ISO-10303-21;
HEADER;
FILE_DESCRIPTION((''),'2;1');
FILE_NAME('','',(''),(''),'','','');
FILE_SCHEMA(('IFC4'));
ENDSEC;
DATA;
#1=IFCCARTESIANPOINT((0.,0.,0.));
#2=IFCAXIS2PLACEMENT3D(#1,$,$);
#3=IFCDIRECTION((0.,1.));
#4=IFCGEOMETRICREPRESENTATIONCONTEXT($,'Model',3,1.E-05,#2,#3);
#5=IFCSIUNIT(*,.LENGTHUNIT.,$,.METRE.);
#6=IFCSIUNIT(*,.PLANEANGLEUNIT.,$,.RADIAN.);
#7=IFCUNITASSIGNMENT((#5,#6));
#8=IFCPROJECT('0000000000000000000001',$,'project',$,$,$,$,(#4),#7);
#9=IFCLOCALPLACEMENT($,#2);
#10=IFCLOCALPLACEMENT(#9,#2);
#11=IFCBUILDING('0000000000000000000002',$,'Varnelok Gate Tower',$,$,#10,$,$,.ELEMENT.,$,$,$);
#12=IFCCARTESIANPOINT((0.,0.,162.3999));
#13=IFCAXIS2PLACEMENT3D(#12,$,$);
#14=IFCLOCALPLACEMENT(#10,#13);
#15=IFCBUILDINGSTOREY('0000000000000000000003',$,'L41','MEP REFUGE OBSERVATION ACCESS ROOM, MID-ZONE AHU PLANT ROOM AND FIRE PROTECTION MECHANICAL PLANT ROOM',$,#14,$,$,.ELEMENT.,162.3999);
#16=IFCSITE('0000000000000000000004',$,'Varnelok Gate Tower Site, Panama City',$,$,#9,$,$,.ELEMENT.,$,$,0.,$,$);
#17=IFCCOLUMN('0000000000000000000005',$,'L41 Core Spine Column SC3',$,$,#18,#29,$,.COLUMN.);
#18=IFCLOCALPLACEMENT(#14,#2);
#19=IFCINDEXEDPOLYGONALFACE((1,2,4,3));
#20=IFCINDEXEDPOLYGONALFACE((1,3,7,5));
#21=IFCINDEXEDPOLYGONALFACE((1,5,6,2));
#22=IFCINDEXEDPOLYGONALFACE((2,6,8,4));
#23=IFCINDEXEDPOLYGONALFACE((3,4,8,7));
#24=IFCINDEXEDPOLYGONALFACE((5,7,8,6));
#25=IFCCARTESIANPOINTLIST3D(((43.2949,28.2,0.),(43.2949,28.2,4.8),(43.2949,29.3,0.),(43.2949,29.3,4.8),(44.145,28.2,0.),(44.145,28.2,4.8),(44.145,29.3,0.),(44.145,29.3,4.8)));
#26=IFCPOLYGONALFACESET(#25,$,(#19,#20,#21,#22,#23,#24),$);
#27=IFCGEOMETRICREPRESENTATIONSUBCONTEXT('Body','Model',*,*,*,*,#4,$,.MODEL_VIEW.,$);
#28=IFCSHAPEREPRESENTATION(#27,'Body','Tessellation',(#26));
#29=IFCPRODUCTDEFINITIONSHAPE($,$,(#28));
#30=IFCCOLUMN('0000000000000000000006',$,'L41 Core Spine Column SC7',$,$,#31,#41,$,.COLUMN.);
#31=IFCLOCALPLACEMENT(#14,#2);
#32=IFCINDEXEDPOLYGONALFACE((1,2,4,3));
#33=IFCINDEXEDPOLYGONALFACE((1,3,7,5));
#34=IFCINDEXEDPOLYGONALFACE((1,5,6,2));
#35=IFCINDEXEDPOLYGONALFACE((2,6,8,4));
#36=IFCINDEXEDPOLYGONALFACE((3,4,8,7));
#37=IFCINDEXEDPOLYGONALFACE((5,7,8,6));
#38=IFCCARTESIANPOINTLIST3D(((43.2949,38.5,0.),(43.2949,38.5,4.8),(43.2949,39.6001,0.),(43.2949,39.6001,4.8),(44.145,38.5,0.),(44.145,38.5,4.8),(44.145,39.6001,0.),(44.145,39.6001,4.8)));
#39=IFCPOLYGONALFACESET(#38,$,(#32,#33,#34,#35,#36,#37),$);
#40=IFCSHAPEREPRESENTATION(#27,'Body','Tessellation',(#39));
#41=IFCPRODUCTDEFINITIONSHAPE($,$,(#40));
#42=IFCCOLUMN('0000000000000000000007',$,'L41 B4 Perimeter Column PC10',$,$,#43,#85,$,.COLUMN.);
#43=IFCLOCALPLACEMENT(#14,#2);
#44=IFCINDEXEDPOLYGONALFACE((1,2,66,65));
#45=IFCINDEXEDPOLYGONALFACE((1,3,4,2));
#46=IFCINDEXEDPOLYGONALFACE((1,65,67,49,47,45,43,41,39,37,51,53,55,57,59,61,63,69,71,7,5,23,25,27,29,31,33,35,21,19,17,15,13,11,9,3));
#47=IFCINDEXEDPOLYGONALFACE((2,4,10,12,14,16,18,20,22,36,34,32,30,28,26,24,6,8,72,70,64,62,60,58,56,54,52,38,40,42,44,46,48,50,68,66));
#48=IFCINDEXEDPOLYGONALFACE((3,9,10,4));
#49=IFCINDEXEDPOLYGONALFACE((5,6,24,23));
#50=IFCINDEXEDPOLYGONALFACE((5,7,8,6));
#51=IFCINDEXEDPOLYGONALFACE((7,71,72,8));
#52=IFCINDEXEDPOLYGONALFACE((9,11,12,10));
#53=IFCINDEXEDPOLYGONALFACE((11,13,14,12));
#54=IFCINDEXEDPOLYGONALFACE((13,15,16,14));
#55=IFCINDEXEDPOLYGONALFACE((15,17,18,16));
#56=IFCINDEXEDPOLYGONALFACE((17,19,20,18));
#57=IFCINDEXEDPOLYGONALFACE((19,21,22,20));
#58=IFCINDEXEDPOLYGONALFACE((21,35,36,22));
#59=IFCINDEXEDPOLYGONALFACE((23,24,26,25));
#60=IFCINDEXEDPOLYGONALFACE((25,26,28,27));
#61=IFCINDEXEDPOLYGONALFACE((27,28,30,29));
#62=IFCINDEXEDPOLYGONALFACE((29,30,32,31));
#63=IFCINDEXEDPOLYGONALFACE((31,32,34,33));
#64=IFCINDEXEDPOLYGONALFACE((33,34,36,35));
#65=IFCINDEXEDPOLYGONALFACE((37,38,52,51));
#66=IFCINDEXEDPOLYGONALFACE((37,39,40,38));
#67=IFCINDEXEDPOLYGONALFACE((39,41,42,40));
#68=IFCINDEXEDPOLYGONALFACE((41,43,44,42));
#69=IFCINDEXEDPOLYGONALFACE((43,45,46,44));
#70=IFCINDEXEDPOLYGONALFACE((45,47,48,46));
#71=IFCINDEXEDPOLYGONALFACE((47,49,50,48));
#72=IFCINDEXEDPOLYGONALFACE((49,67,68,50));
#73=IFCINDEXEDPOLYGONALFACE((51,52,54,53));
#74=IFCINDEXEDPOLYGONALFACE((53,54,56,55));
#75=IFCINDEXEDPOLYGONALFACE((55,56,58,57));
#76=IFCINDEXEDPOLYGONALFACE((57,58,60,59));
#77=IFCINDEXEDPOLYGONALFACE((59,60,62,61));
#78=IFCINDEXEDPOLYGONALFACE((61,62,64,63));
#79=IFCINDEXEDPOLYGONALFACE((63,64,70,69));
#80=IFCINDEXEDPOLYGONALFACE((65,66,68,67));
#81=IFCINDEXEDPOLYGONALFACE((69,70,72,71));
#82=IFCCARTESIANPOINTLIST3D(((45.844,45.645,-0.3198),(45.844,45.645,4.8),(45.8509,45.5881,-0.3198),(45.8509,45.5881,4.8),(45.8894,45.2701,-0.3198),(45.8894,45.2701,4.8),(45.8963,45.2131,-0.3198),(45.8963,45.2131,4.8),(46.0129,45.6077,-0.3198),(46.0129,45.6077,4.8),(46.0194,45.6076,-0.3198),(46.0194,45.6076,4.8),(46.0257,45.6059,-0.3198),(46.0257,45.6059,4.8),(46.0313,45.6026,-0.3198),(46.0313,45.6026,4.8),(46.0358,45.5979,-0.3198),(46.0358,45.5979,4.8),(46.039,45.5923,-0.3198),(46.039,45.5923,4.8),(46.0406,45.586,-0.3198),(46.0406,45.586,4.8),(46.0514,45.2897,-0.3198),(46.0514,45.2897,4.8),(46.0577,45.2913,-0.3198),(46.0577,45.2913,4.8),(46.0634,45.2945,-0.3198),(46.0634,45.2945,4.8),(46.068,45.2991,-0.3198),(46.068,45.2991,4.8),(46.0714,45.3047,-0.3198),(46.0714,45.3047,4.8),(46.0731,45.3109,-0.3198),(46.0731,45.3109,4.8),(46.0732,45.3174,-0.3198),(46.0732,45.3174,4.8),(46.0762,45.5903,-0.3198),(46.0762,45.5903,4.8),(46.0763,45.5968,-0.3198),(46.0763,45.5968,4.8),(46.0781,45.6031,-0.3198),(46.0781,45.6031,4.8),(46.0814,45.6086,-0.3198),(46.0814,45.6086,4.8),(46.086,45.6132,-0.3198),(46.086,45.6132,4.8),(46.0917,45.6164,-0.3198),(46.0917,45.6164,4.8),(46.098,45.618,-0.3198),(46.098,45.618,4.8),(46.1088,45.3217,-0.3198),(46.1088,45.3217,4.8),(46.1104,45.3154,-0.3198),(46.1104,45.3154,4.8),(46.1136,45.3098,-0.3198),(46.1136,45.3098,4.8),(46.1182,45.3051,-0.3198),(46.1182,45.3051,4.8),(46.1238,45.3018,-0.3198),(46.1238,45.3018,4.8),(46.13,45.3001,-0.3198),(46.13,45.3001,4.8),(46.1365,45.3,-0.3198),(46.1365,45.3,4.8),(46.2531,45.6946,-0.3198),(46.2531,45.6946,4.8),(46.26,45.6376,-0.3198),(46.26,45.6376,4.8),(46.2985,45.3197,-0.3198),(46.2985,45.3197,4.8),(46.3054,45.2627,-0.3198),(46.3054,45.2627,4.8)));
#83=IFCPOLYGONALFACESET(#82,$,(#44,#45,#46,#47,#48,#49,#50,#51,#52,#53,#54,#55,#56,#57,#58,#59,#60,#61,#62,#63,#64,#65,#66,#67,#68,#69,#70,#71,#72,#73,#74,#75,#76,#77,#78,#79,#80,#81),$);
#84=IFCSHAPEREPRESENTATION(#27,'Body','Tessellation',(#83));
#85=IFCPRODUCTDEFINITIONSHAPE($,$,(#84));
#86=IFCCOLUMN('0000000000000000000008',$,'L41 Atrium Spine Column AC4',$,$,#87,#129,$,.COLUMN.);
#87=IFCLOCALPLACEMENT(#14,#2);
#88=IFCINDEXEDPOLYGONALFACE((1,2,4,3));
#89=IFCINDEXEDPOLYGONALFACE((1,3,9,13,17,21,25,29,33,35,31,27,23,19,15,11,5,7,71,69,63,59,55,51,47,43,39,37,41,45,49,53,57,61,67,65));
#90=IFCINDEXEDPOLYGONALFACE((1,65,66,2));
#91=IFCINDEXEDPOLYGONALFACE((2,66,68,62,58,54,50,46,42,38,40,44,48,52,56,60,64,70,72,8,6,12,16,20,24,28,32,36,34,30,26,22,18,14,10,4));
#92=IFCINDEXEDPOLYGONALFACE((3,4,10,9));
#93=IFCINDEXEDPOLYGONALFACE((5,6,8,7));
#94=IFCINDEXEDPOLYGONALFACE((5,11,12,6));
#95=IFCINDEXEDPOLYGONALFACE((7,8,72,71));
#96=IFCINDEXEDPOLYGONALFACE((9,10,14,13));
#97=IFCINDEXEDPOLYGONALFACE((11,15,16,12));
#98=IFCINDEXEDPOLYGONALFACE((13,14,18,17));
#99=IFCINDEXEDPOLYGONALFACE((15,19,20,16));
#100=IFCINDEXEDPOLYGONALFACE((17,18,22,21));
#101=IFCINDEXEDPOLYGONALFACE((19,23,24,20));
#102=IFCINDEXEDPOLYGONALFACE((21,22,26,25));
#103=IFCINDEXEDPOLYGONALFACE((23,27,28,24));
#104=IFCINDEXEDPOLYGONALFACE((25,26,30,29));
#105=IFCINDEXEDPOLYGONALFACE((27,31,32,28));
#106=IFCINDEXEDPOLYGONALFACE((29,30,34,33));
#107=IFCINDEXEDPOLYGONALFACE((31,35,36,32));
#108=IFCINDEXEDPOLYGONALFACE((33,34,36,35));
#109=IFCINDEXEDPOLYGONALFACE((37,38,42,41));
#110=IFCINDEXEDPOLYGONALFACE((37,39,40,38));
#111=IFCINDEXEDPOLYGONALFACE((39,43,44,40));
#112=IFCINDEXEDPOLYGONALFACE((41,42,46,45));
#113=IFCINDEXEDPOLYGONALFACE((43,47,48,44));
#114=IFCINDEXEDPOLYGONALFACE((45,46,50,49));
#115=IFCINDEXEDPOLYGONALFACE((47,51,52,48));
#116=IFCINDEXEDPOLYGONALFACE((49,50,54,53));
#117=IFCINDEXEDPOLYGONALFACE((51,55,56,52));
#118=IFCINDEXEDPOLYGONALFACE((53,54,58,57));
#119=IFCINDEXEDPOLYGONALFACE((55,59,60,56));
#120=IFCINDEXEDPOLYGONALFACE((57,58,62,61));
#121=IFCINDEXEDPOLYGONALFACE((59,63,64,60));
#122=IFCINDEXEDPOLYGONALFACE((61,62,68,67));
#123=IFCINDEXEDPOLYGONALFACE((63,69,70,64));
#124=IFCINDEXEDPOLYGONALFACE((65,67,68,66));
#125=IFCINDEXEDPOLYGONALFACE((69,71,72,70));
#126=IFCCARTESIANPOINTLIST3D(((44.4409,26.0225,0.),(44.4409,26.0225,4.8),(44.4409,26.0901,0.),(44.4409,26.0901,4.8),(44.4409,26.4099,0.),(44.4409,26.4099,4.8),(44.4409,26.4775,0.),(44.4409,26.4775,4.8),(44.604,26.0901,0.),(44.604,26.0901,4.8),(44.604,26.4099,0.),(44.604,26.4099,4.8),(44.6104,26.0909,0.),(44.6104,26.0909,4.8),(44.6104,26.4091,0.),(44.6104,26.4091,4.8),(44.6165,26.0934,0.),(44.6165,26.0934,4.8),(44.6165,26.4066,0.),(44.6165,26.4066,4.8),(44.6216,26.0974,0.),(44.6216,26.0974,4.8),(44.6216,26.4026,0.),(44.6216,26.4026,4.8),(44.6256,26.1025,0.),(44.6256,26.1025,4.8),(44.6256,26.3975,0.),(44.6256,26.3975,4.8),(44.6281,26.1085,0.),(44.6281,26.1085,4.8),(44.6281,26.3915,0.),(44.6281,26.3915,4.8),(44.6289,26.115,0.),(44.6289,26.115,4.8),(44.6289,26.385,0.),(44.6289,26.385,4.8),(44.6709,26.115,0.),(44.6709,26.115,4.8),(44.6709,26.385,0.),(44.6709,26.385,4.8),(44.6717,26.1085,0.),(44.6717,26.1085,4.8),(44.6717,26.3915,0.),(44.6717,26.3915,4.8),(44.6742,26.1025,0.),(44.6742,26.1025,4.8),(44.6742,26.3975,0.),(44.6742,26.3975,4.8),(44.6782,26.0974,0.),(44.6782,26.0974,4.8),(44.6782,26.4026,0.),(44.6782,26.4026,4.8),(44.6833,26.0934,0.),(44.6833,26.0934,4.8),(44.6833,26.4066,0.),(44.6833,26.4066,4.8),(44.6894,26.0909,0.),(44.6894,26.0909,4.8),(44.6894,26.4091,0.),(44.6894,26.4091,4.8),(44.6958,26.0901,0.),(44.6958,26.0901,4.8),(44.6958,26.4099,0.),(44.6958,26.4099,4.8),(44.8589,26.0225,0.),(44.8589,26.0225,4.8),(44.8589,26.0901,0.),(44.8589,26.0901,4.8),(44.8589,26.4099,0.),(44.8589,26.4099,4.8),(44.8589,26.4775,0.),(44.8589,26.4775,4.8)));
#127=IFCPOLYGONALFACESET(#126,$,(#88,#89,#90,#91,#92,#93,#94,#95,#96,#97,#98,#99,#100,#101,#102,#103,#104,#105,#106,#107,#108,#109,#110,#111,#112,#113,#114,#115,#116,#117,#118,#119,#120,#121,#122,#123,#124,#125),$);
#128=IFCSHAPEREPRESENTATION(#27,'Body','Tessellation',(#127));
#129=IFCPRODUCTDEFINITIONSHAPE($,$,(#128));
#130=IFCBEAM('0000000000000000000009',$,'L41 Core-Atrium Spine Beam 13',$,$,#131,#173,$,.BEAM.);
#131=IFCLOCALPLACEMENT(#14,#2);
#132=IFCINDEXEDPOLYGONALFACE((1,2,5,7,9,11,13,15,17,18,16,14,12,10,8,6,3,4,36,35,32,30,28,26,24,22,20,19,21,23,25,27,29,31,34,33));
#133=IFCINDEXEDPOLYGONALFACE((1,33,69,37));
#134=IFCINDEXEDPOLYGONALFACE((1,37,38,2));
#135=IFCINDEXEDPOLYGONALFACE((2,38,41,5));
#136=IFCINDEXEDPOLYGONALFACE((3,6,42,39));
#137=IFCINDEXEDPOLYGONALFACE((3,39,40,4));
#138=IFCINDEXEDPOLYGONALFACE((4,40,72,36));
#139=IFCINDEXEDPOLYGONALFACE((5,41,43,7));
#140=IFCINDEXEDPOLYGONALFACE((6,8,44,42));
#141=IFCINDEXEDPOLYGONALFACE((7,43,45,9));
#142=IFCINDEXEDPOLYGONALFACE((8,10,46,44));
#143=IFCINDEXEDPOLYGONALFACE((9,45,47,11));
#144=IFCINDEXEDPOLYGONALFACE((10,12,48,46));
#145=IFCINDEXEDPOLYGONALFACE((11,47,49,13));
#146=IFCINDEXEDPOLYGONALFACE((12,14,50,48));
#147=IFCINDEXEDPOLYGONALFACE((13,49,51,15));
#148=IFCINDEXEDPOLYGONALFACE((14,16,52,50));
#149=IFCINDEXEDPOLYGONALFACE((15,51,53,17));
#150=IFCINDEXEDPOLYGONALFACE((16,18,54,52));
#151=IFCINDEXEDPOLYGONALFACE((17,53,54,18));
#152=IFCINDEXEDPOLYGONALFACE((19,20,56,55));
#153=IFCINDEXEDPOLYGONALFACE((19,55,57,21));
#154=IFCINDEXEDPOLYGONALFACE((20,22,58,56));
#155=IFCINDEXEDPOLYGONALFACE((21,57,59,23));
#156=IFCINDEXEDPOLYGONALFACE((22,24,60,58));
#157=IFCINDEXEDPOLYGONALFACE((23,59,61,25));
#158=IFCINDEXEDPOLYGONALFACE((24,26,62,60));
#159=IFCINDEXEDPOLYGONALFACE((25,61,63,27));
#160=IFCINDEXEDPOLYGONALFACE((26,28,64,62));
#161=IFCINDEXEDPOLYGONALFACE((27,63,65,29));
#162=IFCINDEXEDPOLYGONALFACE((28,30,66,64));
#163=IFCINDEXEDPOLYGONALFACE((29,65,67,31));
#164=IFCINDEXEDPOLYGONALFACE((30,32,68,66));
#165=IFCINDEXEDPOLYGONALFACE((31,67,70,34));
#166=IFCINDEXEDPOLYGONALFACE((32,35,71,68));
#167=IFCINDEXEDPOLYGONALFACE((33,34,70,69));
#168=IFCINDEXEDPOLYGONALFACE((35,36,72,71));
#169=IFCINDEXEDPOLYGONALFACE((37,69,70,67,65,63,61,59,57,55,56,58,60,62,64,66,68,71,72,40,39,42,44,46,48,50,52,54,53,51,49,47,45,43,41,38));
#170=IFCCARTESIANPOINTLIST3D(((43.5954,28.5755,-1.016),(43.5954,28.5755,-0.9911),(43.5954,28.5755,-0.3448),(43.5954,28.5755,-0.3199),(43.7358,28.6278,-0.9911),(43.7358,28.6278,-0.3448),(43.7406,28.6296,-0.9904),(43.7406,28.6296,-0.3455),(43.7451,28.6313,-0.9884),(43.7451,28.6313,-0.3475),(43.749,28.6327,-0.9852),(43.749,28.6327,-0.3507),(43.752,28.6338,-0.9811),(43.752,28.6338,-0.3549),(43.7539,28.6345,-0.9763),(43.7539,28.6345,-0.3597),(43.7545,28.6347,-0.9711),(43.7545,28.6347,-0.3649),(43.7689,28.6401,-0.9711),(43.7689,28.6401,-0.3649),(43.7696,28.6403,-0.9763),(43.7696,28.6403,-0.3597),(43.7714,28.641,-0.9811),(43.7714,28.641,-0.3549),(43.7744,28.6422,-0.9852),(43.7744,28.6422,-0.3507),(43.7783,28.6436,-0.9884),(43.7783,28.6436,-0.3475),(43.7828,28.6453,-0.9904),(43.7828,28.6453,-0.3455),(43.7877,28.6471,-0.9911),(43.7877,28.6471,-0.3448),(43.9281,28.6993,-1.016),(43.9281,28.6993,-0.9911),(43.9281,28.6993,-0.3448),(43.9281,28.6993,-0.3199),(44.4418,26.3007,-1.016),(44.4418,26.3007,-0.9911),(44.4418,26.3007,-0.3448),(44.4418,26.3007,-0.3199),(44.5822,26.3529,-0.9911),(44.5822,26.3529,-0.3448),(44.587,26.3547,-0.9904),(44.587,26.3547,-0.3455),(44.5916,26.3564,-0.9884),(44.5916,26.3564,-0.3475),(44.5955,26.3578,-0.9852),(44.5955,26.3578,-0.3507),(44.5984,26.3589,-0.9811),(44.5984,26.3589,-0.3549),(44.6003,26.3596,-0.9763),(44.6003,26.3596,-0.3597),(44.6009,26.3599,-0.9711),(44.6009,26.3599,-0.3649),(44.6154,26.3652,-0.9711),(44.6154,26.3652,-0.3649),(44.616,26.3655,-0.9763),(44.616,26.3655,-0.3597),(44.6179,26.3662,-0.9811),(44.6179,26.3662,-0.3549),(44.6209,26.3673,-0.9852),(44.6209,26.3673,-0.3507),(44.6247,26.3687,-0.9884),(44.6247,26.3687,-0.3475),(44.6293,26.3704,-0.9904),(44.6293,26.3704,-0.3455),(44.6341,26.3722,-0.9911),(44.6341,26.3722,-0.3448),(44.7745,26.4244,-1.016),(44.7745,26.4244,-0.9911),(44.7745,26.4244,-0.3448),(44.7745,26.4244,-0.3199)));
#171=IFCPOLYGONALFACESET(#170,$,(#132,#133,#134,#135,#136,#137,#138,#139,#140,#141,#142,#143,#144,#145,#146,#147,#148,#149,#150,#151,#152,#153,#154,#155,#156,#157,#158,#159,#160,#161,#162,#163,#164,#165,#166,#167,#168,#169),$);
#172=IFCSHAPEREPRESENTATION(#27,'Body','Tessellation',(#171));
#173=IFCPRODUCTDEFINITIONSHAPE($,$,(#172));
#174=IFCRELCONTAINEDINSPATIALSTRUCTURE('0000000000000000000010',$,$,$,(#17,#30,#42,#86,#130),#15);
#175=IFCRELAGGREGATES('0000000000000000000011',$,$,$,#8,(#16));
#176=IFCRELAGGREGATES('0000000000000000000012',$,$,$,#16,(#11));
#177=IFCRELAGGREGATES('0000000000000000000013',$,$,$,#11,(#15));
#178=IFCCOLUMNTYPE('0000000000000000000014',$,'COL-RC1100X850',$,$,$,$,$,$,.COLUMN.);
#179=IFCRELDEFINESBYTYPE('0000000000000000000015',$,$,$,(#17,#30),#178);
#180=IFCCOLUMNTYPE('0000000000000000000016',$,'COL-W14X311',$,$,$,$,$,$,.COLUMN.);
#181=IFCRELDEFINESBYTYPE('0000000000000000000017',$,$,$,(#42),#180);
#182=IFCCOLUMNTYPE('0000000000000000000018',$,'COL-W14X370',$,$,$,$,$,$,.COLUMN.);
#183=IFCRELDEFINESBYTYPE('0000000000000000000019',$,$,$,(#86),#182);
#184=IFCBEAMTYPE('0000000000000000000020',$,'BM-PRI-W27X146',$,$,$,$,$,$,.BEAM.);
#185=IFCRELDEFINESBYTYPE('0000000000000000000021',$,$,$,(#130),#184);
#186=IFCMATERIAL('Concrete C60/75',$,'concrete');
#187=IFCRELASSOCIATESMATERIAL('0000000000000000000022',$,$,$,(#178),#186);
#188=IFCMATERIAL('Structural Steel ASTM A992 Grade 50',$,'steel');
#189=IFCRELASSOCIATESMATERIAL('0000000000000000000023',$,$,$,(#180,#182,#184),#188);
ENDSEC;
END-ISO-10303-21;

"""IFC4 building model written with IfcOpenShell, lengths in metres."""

from ifc_helpers import new_model, si_unit, direction, frame, origin, origin_2d, place, context, subcontext, project, spatial, rectangle, i_section, extrude, material, material_profile, profile_set, type_object, element, save


model = new_model("IFC4")

# Units and contexts
model_context = context("Model", 3, precision=1e-05, world=origin(), true_north=direction((0.0, 1.0)))
body_context = subcontext(model_context, "Body", "Model", "MODEL_VIEW")
ifc_project = project(units=[si_unit("LENGTHUNIT", "METRE"), si_unit("PLANEANGLEUNIT", "RADIAN")], contexts=[model_context])

# Site, building, storey
site_placement = place(None, origin())
site = spatial("IfcSite", under=ifc_project, at=site_placement, Name="Varnelok Gate Tower Site, Panama City", CompositionType="ELEMENT", RefElevation=0.0)
building_placement = place(site_placement, origin())
building = spatial("IfcBuilding", under=site, at=building_placement, Name="Varnelok Gate Tower", CompositionType="ELEMENT")
storey_placement = place(building_placement, frame((0.0, 0.0, 162.3999)))
storey = spatial("IfcBuildingStorey", under=building, at=storey_placement, Name="L41", Description="MEP REFUGE OBSERVATION ACCESS ROOM, MID-ZONE AHU PLANT ROOM AND FIRE PROTECTION MECHANICAL PLANT ROOM", CompositionType="ELEMENT", Elevation=162.3999)

# Columns
ifc_material_1 = material(Name="Concrete C60/75", Category="concrete")
ifc_material_profile_1 = material_profile(ifc_material_1, rectangle(XDim=0.8501, YDim=1.1001, at=origin_2d()), Name="RC1100X850")
ifc_profile_set_1 = profile_set([ifc_material_profile_1], Name="Concrete C60/75")
column_type_1 = type_object("IfcColumnType", Name="COL-RC1100X850", PredefinedType="COLUMN", material=ifc_profile_set_1)
for number, where, z_axis, x_axis, name in (
    (1, (43.72, 28.75, 0.0), (0.0, 0.0, 1.0), (1.0, 0.0, 0.0), "L41 Core Spine Column SC3"),
    (2, (43.72, 39.05, 0.0), (0.0, 0.0, 1.0), (1.0, 0.0, 0.0), "L41 Core Spine Column SC7"),
):
    element("IfcColumn", number, at=place(storey_placement, frame(where, z_axis=z_axis, x_axis=x_axis)), inside=storey, type_object=column_type_1, Name=name, PredefinedType="COLUMN", context=body_context, shape_type="SweptSolid", body=[
        extrude(rectangle(XDim=0.8501, YDim=1.1001, at=origin_2d()), origin(), (0.0, 0.0, 1.0), 4.8),
    ])
ifc_material_2 = material(Name="Structural Steel ASTM A992 Grade 50", Category="steel")
ifc_material_profile_2 = material_profile(ifc_material_2, i_section(OverallWidth=0.4121, OverallDepth=0.4351, WebThickness=0.0359, FlangeThickness=0.0574, FilletRadius=0.0249, at=origin_2d()), Name="W14X311")
ifc_profile_set_2 = profile_set([ifc_material_profile_2], Name="Structural Steel ASTM A992 Grade 50")
column_type_2 = type_object("IfcColumnType", Name="COL-W14X311", PredefinedType="COLUMN", material=ifc_profile_set_2)
column_1_placement = place(storey_placement, frame((46.0747, 45.4539, -0.3198), z_axis=(0.0, 0.0, 1.0), x_axis=(0.992732, 0.120345, 0.0)))
element("IfcColumn", 3, at=column_1_placement, inside=storey, type_object=column_type_2, Name="L41 B4 Perimeter Column PC10", PredefinedType="COLUMN", context=body_context, shape_type="SweptSolid", body=[
    extrude(i_section(OverallWidth=0.4121, OverallDepth=0.4351, WebThickness=0.0359, FlangeThickness=0.0574, FilletRadius=0.0249, at=origin_2d()), origin(), (0.0, 0.0, 1.0), 5.1199),
])
ifc_material_profile_3 = material_profile(ifc_material_2, i_section(OverallWidth=0.418, OverallDepth=0.4551, WebThickness=0.042, FlangeThickness=0.0676, FilletRadius=0.0249, at=origin_2d()), Name="W14X370")
ifc_profile_set_3 = profile_set([ifc_material_profile_3], Name="Structural Steel ASTM A992 Grade 50")
column_type_3 = type_object("IfcColumnType", Name="COL-W14X370", PredefinedType="COLUMN", material=ifc_profile_set_3)
column_2_placement = place(storey_placement, frame((44.6499, 26.25, 0.0), z_axis=(0.0, 0.0, 1.0), x_axis=(1.0, 0.0, 0.0)))
element("IfcColumn", 4, at=column_2_placement, inside=storey, type_object=column_type_3, Name="L41 Atrium Spine Column AC4", PredefinedType="COLUMN", context=body_context, shape_type="SweptSolid", body=[
    extrude(i_section(OverallWidth=0.418, OverallDepth=0.4551, WebThickness=0.042, FlangeThickness=0.0676, FilletRadius=0.0249, at=origin_2d()), origin(), (0.0, 0.0, 1.0), 4.8),
])

# Beam
ifc_material_profile_4 = material_profile(ifc_material_2, i_section(OverallWidth=0.355, OverallDepth=0.696, WebThickness=0.0154, FlangeThickness=0.0249, FilletRadius=0.02, at=origin_2d()), Name="W27X146")
ifc_profile_set_4 = profile_set([ifc_material_profile_4], Name="Structural Steel ASTM A992 Grade 50")
beam_type_1 = type_object("IfcBeamType", Name="BM-PRI-W27X146", PredefinedType="BEAM", material=ifc_profile_set_4)
beam_1_placement = place(storey_placement, frame((44.6082, 26.3625, -0.668), z_axis=(-0.348719, 0.937227, 0.0), x_axis=(-0.937227, -0.348719, 0.0)))
element("IfcBeam", 5, at=beam_1_placement, inside=storey, type_object=beam_type_1, Name="L41 Core-Atrium Spine Beam 13", PredefinedType="BEAM", context=body_context, shape_type="SweptSolid", body=[
    extrude(i_section(OverallWidth=0.355, OverallDepth=0.696, WebThickness=0.0154, FlangeThickness=0.0249, FilletRadius=0.02, at=origin_2d()), origin(), (0.0, 0.0, 1.0), 2.4272),
])

save(model, "model.ifc")
